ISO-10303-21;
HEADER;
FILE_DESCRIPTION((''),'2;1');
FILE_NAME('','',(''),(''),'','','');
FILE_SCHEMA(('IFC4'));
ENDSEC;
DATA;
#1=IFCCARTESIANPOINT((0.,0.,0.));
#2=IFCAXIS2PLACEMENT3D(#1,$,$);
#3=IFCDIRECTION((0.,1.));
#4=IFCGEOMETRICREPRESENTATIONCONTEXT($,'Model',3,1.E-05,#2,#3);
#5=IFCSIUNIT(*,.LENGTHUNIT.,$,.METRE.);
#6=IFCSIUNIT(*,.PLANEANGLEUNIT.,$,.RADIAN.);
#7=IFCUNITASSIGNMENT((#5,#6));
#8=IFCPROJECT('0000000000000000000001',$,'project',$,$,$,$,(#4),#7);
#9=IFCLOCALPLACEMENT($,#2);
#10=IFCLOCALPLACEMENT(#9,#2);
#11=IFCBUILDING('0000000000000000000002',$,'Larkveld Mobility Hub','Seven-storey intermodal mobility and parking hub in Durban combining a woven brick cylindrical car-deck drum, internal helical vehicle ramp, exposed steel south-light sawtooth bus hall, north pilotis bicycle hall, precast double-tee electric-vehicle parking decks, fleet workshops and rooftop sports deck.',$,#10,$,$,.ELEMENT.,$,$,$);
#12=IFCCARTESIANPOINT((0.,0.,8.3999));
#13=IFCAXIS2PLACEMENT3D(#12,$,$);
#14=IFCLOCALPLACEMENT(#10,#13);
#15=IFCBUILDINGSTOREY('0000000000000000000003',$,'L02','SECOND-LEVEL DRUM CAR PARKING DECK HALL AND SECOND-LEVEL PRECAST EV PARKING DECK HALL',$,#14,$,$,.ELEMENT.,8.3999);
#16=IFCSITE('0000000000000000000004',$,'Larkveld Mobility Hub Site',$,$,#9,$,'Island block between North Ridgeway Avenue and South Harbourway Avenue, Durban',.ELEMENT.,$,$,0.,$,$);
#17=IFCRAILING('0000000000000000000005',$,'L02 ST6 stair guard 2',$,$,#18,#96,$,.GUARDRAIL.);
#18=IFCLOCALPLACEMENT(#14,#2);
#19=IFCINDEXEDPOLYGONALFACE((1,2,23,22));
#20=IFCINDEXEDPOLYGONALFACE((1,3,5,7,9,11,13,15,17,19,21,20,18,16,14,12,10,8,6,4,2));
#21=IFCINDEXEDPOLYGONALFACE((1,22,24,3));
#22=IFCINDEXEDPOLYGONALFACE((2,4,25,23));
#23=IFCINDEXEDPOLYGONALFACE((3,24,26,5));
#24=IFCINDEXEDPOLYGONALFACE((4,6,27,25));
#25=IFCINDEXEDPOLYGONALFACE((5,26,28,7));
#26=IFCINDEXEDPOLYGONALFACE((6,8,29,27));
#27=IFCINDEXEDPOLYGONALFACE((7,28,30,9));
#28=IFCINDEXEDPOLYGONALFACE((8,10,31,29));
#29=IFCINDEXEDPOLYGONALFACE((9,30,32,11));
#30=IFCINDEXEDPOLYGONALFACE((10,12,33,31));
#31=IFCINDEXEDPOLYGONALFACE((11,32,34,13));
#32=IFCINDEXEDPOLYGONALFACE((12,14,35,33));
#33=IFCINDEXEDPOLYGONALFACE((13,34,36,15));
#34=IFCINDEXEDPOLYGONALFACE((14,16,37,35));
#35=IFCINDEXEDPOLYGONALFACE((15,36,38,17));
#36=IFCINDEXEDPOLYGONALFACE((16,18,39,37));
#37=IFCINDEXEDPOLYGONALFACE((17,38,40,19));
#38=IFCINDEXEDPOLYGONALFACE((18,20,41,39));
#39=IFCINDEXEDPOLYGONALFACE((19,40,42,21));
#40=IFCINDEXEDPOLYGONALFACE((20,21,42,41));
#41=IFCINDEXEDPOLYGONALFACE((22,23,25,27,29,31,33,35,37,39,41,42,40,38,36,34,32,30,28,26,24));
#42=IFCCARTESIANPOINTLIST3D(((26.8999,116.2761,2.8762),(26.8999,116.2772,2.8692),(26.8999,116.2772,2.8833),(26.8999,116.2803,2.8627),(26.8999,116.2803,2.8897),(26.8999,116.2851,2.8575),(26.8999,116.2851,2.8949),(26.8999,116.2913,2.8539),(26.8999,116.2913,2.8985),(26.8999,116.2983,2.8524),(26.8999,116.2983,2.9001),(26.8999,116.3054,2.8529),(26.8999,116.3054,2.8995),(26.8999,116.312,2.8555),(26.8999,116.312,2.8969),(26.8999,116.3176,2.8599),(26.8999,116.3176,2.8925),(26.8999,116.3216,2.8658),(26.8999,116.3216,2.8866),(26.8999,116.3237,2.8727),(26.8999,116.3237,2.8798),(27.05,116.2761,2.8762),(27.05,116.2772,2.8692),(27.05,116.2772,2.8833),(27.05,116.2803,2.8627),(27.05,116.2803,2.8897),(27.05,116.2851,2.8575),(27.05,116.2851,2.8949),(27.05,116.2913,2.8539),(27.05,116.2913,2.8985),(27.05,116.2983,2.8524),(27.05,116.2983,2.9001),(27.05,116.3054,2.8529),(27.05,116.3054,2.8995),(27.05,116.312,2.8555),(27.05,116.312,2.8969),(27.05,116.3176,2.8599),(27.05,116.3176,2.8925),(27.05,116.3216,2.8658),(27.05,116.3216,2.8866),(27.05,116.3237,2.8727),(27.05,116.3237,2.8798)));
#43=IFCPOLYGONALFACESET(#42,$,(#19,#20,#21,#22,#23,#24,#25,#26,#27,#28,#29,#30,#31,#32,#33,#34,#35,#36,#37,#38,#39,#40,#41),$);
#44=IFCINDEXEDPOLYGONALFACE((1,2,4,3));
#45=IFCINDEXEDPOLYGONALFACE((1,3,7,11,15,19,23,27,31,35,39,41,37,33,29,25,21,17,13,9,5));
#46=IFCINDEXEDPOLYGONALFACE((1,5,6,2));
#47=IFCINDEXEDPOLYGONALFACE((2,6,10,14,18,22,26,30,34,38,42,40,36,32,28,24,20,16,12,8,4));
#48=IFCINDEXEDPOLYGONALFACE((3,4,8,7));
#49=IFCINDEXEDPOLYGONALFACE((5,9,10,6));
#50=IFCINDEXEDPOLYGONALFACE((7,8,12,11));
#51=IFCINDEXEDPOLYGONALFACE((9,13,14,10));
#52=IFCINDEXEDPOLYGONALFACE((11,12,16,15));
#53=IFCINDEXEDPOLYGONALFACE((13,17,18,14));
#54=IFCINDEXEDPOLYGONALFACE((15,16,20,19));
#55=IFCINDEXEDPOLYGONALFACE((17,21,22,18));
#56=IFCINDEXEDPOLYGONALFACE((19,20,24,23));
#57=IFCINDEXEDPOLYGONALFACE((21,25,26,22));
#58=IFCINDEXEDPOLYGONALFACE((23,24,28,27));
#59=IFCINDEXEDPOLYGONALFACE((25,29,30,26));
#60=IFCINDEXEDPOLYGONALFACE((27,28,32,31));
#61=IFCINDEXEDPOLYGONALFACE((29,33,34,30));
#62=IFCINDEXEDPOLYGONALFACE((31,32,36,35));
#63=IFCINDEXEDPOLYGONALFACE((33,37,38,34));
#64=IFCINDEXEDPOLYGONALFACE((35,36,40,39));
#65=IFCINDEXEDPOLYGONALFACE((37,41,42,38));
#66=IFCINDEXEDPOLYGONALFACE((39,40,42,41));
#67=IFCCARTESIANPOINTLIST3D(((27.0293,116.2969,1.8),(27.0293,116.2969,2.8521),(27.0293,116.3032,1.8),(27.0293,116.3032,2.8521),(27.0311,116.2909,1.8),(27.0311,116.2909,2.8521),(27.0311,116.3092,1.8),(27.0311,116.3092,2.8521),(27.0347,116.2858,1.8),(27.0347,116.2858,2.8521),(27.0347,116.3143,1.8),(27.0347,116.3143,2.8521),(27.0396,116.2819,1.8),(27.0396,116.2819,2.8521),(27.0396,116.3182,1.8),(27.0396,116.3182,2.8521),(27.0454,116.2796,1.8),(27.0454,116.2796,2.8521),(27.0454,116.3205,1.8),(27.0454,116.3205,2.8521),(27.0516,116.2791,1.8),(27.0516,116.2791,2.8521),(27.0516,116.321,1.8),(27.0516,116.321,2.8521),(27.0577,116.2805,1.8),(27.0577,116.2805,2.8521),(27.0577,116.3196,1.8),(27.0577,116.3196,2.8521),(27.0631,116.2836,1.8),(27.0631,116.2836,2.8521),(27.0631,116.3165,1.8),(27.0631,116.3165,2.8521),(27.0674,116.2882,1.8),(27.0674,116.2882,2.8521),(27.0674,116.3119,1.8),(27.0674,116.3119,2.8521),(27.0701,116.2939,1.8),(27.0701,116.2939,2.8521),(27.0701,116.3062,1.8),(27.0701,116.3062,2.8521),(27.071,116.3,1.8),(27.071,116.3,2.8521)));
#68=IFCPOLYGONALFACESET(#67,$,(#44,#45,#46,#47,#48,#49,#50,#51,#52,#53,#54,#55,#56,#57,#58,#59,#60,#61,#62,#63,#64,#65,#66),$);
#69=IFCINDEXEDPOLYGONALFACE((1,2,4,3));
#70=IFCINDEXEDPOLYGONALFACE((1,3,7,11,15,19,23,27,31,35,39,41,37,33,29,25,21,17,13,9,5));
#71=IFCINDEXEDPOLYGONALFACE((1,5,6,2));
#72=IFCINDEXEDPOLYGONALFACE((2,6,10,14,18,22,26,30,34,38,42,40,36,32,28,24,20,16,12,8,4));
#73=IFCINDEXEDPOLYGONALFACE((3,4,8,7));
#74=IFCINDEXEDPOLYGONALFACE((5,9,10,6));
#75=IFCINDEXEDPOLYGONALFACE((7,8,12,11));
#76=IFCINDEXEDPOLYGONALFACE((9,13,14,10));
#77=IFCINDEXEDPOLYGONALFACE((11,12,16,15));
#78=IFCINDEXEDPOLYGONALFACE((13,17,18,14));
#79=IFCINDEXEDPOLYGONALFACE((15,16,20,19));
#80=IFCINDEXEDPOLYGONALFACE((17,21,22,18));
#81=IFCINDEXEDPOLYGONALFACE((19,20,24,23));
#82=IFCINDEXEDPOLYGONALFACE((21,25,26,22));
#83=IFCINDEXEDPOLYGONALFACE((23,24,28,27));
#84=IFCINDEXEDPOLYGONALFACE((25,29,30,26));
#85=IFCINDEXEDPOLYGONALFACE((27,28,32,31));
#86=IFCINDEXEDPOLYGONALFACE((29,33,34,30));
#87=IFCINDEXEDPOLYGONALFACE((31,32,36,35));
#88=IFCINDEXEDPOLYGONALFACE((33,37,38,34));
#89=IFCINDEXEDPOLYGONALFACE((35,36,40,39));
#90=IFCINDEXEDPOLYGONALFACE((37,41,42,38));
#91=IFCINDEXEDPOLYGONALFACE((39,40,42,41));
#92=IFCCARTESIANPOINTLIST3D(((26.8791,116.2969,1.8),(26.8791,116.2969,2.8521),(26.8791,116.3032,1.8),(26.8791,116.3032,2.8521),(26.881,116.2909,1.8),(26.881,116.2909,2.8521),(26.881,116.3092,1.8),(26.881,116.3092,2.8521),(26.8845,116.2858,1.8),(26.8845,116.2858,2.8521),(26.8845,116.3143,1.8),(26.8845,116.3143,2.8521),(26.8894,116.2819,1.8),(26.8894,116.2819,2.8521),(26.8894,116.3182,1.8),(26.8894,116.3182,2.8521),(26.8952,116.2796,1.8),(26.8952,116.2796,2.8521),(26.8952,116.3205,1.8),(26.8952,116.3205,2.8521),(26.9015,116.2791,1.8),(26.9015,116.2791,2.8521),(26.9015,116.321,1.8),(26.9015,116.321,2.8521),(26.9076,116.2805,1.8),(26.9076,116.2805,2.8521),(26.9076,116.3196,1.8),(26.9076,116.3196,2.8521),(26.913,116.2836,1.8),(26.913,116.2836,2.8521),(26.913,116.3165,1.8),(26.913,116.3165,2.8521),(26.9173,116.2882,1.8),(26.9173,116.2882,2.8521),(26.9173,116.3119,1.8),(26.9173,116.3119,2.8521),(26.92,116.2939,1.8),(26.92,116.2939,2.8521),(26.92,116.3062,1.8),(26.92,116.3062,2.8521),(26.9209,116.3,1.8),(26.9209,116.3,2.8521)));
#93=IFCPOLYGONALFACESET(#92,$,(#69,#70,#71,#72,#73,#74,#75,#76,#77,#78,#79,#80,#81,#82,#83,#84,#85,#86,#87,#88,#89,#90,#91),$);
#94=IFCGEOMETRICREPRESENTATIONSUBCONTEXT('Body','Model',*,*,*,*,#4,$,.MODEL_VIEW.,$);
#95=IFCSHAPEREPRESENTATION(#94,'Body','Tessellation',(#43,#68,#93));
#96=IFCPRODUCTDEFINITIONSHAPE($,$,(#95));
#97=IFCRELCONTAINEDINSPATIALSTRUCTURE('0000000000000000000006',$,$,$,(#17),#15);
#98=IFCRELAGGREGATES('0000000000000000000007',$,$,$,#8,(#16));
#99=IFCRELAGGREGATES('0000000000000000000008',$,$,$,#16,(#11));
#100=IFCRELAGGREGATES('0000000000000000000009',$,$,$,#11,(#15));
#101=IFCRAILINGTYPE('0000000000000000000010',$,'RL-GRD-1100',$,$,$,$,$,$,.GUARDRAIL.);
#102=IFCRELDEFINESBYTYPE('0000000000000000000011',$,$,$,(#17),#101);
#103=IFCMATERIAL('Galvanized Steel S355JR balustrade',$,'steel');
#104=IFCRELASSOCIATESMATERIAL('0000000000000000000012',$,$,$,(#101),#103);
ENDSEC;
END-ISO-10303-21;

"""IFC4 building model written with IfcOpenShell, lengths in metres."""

from ifc_helpers import new_model, si_unit, direction, frame, origin, origin_2d, place, context, subcontext, project, spatial, circle, extrude, material, type_object, element, save


model = new_model("IFC4")

# Units and contexts
model_context = context("Model", 3, precision=1e-05, world=origin(), true_north=direction((0.0, 1.0)))
body_context = subcontext(model_context, "Body", "Model", "MODEL_VIEW")
ifc_project = project(units=[si_unit("LENGTHUNIT", "METRE"), si_unit("PLANEANGLEUNIT", "RADIAN")], contexts=[model_context])

# Site, building, storey
site_placement = place(None, origin())
site = spatial("IfcSite", under=ifc_project, at=site_placement, Name="Larkveld Mobility Hub Site", LongName="Island block between North Ridgeway Avenue and South Harbourway Avenue, Durban", CompositionType="ELEMENT", RefElevation=0.0)
building_placement = place(site_placement, origin())
building = spatial("IfcBuilding", under=site, at=building_placement, Name="Larkveld Mobility Hub", Description="Seven-storey intermodal mobility and parking hub in Durban combining a woven brick cylindrical car-deck drum, internal helical vehicle ramp, exposed steel south-light sawtooth bus hall, north pilotis bicycle hall, precast double-tee electric-vehicle parking decks, fleet workshops and rooftop sports deck.", CompositionType="ELEMENT")
storey_placement = place(building_placement, frame((0.0, 0.0, 8.3999)))
storey = spatial("IfcBuildingStorey", under=building, at=storey_placement, Name="L02", Description="SECOND-LEVEL DRUM CAR PARKING DECK HALL AND SECOND-LEVEL PRECAST EV PARKING DECK HALL", CompositionType="ELEMENT", Elevation=8.3999)

# Railing
ifc_material_1 = material(Name="Galvanized Steel S355JR balustrade", Category="steel")
railing_type_1 = type_object("IfcRailingType", Name="RL-GRD-1100", PredefinedType="GUARDRAIL", material=ifc_material_1)
railing_1_placement = place(storey_placement, frame((27.05, 116.3, 1.8)))
element("IfcRailing", 1, at=railing_1_placement, inside=storey, type_object=railing_type_1, Name="L02 ST6 stair guard 2", PredefinedType="GUARDRAIL", context=body_context, shape_type="SweptSolid", body=[
    extrude(circle(Radius=0.0239, at=origin_2d()), frame((0.0, 0.0, 1.0762), z_axis=(-1.0, 0.0, 0.0), x_axis=(0.0, -1.0, 0.0)), (0.0, 0.0, 1.0), 0.1501),
    extrude(circle(Radius=0.021, at=origin_2d()), origin(), (0.0, 0.0, 1.0), 1.052),
    extrude(circle(Radius=0.021, at=origin_2d()), frame((-0.1501, 0.0, 0.0)), (0.0, 0.0, 1.0), 1.052),
])

save(model, "model.ifc")
